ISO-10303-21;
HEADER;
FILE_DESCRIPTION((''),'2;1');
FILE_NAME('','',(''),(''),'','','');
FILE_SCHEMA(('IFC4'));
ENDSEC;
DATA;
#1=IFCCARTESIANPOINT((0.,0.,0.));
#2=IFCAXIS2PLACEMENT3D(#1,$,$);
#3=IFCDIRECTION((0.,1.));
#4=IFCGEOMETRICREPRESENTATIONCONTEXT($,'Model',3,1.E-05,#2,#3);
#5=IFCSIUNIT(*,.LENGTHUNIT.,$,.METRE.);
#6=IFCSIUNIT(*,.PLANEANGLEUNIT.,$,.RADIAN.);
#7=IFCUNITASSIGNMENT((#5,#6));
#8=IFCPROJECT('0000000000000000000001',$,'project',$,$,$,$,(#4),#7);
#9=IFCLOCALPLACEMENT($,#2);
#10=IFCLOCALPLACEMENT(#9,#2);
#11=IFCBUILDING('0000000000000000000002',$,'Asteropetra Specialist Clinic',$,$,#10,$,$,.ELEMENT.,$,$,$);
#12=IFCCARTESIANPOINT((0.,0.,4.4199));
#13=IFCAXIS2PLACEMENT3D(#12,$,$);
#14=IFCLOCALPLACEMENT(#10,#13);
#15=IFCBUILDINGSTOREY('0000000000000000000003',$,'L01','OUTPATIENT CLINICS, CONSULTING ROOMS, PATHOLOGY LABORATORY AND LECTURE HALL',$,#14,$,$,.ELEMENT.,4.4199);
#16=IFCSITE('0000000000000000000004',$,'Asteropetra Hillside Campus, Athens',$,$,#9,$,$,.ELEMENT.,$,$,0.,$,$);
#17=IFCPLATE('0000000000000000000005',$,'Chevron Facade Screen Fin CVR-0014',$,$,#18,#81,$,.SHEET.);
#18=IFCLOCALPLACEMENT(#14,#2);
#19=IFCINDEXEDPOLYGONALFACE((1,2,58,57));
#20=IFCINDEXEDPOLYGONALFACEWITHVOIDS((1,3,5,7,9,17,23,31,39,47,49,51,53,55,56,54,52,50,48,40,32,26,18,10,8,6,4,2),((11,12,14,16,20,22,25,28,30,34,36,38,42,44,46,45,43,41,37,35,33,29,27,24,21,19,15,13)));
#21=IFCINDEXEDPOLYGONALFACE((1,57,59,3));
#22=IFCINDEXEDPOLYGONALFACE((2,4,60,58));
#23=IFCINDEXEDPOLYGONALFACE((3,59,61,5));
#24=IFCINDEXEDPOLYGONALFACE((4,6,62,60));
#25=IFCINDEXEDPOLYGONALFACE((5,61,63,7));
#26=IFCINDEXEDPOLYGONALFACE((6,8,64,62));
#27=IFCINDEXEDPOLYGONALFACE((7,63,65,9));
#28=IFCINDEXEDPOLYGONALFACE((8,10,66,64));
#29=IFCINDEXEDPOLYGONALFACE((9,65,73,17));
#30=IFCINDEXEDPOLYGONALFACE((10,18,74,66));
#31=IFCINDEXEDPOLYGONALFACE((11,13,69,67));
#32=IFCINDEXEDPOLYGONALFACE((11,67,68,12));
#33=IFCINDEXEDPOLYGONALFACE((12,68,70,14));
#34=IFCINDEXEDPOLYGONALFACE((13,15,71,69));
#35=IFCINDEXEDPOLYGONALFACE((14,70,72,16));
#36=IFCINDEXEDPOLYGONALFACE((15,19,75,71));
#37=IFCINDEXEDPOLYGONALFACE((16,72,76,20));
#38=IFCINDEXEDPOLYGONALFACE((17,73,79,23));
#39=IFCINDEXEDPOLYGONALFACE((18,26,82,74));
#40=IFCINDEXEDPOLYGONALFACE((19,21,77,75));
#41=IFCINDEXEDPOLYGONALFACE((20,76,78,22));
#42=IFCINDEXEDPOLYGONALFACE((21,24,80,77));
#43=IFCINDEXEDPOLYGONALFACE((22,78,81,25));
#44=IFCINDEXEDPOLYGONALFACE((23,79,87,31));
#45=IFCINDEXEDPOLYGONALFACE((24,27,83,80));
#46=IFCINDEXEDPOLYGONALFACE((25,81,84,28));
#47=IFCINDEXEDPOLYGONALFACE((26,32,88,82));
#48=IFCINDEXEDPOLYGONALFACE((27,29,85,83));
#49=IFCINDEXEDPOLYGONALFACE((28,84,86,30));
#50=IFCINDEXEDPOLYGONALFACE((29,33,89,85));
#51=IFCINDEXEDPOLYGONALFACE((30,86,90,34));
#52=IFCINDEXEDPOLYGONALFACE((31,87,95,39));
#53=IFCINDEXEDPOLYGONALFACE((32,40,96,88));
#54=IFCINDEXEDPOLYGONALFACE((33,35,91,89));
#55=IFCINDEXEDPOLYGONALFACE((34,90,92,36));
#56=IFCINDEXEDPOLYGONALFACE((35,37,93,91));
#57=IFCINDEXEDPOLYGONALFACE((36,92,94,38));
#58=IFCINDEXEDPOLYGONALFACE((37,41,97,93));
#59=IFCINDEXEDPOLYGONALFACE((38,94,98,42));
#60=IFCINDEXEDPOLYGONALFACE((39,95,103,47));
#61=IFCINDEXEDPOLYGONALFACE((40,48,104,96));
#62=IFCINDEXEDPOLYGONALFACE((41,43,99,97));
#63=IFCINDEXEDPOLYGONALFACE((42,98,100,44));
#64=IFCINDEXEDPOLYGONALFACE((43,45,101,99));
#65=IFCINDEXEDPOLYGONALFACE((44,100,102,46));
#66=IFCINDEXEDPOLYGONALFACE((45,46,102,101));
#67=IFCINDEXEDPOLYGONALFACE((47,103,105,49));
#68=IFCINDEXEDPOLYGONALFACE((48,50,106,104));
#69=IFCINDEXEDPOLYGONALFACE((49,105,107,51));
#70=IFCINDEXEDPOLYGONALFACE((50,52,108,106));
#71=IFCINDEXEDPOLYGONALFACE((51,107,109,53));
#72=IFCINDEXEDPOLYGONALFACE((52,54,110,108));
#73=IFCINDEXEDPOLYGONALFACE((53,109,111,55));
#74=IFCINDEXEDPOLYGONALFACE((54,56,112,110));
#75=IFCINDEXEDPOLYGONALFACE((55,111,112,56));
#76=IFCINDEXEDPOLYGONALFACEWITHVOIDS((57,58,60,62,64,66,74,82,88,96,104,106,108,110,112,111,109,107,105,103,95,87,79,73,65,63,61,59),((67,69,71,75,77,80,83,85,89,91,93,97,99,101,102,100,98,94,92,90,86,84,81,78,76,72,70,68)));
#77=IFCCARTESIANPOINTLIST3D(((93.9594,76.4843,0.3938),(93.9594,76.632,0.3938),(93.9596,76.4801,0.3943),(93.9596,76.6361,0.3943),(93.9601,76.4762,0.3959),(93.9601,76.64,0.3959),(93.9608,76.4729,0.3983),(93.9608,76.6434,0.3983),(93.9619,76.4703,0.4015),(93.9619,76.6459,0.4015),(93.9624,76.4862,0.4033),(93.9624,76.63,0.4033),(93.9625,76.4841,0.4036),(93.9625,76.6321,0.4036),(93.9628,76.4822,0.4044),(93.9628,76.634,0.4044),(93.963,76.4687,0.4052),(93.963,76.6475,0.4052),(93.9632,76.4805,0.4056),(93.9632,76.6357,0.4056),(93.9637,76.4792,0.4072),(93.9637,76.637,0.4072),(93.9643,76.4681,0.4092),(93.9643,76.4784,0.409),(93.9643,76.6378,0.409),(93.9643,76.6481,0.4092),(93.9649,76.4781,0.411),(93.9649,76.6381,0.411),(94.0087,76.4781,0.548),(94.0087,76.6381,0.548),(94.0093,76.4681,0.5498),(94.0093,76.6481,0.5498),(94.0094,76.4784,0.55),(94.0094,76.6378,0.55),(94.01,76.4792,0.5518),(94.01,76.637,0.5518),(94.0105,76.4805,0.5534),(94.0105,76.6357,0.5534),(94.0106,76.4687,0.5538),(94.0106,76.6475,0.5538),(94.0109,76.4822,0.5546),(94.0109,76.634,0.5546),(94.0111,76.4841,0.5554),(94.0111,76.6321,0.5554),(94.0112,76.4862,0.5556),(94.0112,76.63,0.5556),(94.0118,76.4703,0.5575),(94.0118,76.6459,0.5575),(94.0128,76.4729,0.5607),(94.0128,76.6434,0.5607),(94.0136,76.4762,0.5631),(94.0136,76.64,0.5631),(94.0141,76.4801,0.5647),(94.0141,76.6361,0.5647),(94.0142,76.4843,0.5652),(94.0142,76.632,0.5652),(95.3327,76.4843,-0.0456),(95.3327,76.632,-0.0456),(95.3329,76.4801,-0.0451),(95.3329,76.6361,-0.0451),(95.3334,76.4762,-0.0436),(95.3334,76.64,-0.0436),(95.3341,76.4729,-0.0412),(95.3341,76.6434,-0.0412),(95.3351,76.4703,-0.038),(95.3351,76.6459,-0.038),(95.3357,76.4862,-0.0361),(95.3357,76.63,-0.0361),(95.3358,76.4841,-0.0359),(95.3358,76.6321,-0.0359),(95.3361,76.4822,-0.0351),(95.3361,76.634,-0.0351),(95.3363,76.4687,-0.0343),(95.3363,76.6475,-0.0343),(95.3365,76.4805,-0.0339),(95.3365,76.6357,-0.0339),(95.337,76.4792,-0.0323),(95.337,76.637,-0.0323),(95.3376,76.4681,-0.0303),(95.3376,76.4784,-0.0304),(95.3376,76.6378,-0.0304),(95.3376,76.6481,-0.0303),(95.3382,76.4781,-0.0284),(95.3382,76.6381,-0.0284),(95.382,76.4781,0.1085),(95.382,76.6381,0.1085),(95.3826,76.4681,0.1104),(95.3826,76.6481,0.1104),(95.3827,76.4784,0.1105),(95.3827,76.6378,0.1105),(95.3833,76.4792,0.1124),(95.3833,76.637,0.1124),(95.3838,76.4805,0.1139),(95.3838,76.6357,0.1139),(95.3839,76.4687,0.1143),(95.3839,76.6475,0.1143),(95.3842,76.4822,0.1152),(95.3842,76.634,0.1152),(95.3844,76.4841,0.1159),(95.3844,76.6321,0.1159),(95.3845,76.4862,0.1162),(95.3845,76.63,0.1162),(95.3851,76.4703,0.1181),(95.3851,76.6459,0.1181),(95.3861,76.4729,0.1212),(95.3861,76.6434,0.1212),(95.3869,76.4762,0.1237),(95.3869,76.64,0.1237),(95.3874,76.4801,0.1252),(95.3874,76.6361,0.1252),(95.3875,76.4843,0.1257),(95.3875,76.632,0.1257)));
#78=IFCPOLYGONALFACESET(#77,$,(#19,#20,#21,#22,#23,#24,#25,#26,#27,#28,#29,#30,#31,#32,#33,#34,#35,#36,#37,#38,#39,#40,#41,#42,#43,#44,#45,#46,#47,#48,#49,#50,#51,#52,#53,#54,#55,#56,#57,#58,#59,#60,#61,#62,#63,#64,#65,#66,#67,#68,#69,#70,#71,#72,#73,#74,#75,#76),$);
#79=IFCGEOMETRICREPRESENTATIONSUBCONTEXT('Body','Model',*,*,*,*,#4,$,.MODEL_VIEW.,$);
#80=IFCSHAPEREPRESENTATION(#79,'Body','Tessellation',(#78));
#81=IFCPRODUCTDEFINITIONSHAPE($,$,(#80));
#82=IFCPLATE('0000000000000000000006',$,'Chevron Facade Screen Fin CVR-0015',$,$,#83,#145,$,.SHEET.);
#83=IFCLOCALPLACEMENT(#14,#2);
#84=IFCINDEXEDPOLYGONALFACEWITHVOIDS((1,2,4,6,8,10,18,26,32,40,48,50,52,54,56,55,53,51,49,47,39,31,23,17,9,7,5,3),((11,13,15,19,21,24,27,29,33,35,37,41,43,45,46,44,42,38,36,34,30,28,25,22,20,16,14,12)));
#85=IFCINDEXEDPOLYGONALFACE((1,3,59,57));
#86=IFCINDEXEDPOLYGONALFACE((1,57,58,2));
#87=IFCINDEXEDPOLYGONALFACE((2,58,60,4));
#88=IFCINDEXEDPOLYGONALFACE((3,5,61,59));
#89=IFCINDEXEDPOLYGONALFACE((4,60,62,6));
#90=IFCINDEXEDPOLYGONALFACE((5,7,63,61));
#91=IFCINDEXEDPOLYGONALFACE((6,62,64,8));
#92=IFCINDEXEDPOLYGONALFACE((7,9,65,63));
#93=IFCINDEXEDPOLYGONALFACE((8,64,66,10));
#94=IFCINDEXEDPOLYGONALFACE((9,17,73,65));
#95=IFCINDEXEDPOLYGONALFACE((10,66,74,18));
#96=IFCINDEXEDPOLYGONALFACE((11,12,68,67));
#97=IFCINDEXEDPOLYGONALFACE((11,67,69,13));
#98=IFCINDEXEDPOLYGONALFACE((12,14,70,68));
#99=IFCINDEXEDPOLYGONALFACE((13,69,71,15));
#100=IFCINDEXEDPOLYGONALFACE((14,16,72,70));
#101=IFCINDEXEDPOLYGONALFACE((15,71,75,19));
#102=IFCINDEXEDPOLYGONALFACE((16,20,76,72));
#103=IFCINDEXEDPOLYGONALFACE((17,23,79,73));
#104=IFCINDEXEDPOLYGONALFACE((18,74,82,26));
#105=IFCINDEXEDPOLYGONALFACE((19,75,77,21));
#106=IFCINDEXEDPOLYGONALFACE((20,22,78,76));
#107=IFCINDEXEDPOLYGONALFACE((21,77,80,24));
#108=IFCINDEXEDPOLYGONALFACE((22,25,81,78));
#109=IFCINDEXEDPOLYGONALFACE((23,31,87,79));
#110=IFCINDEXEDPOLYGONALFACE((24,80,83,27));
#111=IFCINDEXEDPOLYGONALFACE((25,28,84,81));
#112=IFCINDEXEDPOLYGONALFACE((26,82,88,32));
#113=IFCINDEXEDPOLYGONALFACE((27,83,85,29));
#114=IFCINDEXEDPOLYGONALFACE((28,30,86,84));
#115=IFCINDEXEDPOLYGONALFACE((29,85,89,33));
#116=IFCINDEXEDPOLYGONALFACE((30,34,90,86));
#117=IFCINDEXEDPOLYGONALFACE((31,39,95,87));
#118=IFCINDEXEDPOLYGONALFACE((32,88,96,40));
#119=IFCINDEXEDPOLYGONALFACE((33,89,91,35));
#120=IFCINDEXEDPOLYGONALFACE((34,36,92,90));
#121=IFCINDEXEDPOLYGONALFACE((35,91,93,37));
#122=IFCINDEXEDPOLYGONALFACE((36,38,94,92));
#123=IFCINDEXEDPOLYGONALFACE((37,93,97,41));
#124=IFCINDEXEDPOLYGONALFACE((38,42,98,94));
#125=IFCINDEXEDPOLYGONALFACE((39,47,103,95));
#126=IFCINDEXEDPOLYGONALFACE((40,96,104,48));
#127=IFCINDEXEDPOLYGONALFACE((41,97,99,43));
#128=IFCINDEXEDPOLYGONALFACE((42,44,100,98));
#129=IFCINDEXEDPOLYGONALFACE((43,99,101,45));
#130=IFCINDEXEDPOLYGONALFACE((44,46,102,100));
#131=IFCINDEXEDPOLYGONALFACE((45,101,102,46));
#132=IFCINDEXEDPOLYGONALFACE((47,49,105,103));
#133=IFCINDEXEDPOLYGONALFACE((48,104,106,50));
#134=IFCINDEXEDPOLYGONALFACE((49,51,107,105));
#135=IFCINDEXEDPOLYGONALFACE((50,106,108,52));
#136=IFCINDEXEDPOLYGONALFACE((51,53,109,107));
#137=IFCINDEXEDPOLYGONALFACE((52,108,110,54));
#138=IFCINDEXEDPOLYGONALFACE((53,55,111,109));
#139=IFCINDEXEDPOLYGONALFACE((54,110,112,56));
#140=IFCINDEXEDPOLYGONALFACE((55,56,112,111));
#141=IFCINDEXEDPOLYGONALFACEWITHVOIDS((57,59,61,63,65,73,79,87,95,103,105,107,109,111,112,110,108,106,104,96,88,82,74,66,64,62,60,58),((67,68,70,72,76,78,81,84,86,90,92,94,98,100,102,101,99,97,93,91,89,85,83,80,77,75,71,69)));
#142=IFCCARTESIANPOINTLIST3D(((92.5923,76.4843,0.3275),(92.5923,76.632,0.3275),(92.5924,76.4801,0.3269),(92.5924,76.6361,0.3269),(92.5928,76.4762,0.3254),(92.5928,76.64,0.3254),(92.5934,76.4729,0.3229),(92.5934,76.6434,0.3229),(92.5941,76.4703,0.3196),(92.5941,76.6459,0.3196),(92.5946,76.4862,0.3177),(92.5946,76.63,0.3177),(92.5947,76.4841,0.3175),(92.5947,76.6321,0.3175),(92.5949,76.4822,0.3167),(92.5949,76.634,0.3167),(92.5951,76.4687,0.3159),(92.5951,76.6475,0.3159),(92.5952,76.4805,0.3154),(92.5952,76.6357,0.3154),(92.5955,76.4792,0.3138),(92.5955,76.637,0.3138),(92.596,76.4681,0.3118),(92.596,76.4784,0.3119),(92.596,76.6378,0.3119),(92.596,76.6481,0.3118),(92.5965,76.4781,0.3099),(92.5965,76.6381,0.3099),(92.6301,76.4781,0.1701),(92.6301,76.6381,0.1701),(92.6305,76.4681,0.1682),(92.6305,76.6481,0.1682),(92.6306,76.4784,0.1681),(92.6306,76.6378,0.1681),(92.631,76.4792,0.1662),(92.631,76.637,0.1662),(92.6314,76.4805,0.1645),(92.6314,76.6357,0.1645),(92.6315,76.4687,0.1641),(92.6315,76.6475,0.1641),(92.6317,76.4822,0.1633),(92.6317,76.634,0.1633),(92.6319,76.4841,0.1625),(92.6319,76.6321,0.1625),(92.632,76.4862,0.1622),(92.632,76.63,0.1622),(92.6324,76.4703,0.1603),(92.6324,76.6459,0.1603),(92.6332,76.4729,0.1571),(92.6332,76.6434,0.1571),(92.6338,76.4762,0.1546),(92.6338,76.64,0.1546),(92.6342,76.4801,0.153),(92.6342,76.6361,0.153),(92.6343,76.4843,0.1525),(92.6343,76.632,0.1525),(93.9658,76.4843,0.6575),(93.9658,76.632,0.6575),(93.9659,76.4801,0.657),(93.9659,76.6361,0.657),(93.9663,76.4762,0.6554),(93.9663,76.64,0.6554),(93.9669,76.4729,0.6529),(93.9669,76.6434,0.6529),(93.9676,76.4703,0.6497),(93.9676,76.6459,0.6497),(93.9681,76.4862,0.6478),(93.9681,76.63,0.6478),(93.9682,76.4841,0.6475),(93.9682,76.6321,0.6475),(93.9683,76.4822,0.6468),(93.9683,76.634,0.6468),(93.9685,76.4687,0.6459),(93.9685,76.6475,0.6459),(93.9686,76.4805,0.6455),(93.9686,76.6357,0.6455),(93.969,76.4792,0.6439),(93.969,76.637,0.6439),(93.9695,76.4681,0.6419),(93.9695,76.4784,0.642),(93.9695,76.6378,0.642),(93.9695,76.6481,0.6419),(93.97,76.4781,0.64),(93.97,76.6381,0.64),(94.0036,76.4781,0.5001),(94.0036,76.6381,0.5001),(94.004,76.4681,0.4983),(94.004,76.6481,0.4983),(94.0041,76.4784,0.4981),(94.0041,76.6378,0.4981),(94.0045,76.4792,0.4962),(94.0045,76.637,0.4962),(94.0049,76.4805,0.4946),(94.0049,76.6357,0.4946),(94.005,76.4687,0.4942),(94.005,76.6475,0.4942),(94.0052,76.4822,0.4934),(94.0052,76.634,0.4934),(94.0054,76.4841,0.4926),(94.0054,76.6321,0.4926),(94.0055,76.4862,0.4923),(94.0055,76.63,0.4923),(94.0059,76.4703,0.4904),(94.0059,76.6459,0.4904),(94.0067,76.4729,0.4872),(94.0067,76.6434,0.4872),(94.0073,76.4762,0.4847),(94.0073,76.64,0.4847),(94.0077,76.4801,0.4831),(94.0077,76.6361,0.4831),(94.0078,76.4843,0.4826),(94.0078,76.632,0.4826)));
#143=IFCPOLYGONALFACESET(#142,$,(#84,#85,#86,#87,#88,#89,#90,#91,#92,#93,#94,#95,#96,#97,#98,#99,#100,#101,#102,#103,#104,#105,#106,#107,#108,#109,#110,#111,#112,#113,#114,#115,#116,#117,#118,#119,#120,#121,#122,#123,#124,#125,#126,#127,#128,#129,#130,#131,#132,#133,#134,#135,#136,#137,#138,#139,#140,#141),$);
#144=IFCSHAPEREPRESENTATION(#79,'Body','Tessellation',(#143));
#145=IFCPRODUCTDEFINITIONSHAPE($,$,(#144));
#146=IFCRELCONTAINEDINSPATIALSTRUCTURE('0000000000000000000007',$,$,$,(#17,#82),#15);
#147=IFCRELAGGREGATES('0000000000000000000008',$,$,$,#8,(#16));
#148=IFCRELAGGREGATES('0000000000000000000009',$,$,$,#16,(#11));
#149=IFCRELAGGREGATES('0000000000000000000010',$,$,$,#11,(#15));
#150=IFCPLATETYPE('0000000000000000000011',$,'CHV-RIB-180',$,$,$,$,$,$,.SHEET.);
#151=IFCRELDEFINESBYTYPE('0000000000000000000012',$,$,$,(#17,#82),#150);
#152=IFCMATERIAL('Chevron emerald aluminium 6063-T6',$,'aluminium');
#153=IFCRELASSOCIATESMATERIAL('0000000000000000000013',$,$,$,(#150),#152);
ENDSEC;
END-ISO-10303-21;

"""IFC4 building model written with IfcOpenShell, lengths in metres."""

from ifc_helpers import new_model, si_unit, direction, frame, origin, origin_2d, place, context, subcontext, project, spatial, hollow_rectangle, extrude, material, material_profile, profile_set, type_object, element, save


model = new_model("IFC4")

# Units and contexts
model_context = context("Model", 3, precision=1e-05, world=origin(), true_north=direction((0.0, 1.0)))
body_context = subcontext(model_context, "Body", "Model", "MODEL_VIEW")
ifc_project = project(units=[si_unit("LENGTHUNIT", "METRE"), si_unit("PLANEANGLEUNIT", "RADIAN")], contexts=[model_context])

# Site, building, storey
site_placement = place(None, origin())
site = spatial("IfcSite", under=ifc_project, at=site_placement, Name="Asteropetra Hillside Campus, Athens", CompositionType="ELEMENT", RefElevation=0.0)
building_placement = place(site_placement, origin())
building = spatial("IfcBuilding", under=site, at=building_placement, Name="Asteropetra Specialist Clinic", CompositionType="ELEMENT")
storey_placement = place(building_placement, frame((0.0, 0.0, 4.4199)))
storey = spatial("IfcBuildingStorey", under=building, at=storey_placement, Name="L01", Description="OUTPATIENT CLINICS, CONSULTING ROOMS, PATHOLOGY LABORATORY AND LECTURE HALL", CompositionType="ELEMENT", Elevation=4.4199)

# Plates
ifc_material_1 = material(Name="Chevron emerald aluminium 6063-T6", Category="aluminium")
ifc_material_profile_1 = material_profile(ifc_material_1, hollow_rectangle(XDim=0.1799, YDim=0.1799, WallThickness=0.01, InnerFilletRadius=0.0081, OuterFilletRadius=0.0161, at=origin_2d()), Name="SHS 180x180x10.0")
ifc_profile_set_1 = profile_set([ifc_material_profile_1], Name="Chevron emerald aluminium 6063-T6")
plate_type = type_object("IfcPlateType", Name="CHV-RIB-180", PredefinedType="SHEET", material=ifc_profile_set_1)
plate_1_placement = place(storey_placement, frame((93.9868, 76.5581, 0.4795), z_axis=(0.952424, 0.0, -0.304776), x_axis=(0.0, 1.0, 0.0)))
element("IfcPlate", 1, at=plate_1_placement, inside=storey, type_object=plate_type, Name="Chevron Facade Screen Fin CVR-0014", PredefinedType="SHEET", context=body_context, shape_type="SweptSolid", body=[
    extrude(hollow_rectangle(XDim=0.1799, YDim=0.1799, WallThickness=0.01, InnerFilletRadius=0.0081, OuterFilletRadius=0.0161, at=origin_2d()), origin(), (0.0, 0.0, 1.0), 1.4419),
])
plate_2_placement = place(storey_placement, frame((92.6133, 76.5581, 0.24), z_axis=(0.972318, 0.0, 0.233661), x_axis=(0.0, 1.0, 0.0)))
element("IfcPlate", 2, at=plate_2_placement, inside=storey, type_object=plate_type, Name="Chevron Facade Screen Fin CVR-0015", PredefinedType="SHEET", context=body_context, shape_type="SweptSolid", body=[
    extrude(hollow_rectangle(XDim=0.1799, YDim=0.1799, WallThickness=0.01, InnerFilletRadius=0.0081, OuterFilletRadius=0.0161, at=origin_2d()), origin(), (0.0, 0.0, 1.0), 1.4126),
])

save(model, "model.ifc")
